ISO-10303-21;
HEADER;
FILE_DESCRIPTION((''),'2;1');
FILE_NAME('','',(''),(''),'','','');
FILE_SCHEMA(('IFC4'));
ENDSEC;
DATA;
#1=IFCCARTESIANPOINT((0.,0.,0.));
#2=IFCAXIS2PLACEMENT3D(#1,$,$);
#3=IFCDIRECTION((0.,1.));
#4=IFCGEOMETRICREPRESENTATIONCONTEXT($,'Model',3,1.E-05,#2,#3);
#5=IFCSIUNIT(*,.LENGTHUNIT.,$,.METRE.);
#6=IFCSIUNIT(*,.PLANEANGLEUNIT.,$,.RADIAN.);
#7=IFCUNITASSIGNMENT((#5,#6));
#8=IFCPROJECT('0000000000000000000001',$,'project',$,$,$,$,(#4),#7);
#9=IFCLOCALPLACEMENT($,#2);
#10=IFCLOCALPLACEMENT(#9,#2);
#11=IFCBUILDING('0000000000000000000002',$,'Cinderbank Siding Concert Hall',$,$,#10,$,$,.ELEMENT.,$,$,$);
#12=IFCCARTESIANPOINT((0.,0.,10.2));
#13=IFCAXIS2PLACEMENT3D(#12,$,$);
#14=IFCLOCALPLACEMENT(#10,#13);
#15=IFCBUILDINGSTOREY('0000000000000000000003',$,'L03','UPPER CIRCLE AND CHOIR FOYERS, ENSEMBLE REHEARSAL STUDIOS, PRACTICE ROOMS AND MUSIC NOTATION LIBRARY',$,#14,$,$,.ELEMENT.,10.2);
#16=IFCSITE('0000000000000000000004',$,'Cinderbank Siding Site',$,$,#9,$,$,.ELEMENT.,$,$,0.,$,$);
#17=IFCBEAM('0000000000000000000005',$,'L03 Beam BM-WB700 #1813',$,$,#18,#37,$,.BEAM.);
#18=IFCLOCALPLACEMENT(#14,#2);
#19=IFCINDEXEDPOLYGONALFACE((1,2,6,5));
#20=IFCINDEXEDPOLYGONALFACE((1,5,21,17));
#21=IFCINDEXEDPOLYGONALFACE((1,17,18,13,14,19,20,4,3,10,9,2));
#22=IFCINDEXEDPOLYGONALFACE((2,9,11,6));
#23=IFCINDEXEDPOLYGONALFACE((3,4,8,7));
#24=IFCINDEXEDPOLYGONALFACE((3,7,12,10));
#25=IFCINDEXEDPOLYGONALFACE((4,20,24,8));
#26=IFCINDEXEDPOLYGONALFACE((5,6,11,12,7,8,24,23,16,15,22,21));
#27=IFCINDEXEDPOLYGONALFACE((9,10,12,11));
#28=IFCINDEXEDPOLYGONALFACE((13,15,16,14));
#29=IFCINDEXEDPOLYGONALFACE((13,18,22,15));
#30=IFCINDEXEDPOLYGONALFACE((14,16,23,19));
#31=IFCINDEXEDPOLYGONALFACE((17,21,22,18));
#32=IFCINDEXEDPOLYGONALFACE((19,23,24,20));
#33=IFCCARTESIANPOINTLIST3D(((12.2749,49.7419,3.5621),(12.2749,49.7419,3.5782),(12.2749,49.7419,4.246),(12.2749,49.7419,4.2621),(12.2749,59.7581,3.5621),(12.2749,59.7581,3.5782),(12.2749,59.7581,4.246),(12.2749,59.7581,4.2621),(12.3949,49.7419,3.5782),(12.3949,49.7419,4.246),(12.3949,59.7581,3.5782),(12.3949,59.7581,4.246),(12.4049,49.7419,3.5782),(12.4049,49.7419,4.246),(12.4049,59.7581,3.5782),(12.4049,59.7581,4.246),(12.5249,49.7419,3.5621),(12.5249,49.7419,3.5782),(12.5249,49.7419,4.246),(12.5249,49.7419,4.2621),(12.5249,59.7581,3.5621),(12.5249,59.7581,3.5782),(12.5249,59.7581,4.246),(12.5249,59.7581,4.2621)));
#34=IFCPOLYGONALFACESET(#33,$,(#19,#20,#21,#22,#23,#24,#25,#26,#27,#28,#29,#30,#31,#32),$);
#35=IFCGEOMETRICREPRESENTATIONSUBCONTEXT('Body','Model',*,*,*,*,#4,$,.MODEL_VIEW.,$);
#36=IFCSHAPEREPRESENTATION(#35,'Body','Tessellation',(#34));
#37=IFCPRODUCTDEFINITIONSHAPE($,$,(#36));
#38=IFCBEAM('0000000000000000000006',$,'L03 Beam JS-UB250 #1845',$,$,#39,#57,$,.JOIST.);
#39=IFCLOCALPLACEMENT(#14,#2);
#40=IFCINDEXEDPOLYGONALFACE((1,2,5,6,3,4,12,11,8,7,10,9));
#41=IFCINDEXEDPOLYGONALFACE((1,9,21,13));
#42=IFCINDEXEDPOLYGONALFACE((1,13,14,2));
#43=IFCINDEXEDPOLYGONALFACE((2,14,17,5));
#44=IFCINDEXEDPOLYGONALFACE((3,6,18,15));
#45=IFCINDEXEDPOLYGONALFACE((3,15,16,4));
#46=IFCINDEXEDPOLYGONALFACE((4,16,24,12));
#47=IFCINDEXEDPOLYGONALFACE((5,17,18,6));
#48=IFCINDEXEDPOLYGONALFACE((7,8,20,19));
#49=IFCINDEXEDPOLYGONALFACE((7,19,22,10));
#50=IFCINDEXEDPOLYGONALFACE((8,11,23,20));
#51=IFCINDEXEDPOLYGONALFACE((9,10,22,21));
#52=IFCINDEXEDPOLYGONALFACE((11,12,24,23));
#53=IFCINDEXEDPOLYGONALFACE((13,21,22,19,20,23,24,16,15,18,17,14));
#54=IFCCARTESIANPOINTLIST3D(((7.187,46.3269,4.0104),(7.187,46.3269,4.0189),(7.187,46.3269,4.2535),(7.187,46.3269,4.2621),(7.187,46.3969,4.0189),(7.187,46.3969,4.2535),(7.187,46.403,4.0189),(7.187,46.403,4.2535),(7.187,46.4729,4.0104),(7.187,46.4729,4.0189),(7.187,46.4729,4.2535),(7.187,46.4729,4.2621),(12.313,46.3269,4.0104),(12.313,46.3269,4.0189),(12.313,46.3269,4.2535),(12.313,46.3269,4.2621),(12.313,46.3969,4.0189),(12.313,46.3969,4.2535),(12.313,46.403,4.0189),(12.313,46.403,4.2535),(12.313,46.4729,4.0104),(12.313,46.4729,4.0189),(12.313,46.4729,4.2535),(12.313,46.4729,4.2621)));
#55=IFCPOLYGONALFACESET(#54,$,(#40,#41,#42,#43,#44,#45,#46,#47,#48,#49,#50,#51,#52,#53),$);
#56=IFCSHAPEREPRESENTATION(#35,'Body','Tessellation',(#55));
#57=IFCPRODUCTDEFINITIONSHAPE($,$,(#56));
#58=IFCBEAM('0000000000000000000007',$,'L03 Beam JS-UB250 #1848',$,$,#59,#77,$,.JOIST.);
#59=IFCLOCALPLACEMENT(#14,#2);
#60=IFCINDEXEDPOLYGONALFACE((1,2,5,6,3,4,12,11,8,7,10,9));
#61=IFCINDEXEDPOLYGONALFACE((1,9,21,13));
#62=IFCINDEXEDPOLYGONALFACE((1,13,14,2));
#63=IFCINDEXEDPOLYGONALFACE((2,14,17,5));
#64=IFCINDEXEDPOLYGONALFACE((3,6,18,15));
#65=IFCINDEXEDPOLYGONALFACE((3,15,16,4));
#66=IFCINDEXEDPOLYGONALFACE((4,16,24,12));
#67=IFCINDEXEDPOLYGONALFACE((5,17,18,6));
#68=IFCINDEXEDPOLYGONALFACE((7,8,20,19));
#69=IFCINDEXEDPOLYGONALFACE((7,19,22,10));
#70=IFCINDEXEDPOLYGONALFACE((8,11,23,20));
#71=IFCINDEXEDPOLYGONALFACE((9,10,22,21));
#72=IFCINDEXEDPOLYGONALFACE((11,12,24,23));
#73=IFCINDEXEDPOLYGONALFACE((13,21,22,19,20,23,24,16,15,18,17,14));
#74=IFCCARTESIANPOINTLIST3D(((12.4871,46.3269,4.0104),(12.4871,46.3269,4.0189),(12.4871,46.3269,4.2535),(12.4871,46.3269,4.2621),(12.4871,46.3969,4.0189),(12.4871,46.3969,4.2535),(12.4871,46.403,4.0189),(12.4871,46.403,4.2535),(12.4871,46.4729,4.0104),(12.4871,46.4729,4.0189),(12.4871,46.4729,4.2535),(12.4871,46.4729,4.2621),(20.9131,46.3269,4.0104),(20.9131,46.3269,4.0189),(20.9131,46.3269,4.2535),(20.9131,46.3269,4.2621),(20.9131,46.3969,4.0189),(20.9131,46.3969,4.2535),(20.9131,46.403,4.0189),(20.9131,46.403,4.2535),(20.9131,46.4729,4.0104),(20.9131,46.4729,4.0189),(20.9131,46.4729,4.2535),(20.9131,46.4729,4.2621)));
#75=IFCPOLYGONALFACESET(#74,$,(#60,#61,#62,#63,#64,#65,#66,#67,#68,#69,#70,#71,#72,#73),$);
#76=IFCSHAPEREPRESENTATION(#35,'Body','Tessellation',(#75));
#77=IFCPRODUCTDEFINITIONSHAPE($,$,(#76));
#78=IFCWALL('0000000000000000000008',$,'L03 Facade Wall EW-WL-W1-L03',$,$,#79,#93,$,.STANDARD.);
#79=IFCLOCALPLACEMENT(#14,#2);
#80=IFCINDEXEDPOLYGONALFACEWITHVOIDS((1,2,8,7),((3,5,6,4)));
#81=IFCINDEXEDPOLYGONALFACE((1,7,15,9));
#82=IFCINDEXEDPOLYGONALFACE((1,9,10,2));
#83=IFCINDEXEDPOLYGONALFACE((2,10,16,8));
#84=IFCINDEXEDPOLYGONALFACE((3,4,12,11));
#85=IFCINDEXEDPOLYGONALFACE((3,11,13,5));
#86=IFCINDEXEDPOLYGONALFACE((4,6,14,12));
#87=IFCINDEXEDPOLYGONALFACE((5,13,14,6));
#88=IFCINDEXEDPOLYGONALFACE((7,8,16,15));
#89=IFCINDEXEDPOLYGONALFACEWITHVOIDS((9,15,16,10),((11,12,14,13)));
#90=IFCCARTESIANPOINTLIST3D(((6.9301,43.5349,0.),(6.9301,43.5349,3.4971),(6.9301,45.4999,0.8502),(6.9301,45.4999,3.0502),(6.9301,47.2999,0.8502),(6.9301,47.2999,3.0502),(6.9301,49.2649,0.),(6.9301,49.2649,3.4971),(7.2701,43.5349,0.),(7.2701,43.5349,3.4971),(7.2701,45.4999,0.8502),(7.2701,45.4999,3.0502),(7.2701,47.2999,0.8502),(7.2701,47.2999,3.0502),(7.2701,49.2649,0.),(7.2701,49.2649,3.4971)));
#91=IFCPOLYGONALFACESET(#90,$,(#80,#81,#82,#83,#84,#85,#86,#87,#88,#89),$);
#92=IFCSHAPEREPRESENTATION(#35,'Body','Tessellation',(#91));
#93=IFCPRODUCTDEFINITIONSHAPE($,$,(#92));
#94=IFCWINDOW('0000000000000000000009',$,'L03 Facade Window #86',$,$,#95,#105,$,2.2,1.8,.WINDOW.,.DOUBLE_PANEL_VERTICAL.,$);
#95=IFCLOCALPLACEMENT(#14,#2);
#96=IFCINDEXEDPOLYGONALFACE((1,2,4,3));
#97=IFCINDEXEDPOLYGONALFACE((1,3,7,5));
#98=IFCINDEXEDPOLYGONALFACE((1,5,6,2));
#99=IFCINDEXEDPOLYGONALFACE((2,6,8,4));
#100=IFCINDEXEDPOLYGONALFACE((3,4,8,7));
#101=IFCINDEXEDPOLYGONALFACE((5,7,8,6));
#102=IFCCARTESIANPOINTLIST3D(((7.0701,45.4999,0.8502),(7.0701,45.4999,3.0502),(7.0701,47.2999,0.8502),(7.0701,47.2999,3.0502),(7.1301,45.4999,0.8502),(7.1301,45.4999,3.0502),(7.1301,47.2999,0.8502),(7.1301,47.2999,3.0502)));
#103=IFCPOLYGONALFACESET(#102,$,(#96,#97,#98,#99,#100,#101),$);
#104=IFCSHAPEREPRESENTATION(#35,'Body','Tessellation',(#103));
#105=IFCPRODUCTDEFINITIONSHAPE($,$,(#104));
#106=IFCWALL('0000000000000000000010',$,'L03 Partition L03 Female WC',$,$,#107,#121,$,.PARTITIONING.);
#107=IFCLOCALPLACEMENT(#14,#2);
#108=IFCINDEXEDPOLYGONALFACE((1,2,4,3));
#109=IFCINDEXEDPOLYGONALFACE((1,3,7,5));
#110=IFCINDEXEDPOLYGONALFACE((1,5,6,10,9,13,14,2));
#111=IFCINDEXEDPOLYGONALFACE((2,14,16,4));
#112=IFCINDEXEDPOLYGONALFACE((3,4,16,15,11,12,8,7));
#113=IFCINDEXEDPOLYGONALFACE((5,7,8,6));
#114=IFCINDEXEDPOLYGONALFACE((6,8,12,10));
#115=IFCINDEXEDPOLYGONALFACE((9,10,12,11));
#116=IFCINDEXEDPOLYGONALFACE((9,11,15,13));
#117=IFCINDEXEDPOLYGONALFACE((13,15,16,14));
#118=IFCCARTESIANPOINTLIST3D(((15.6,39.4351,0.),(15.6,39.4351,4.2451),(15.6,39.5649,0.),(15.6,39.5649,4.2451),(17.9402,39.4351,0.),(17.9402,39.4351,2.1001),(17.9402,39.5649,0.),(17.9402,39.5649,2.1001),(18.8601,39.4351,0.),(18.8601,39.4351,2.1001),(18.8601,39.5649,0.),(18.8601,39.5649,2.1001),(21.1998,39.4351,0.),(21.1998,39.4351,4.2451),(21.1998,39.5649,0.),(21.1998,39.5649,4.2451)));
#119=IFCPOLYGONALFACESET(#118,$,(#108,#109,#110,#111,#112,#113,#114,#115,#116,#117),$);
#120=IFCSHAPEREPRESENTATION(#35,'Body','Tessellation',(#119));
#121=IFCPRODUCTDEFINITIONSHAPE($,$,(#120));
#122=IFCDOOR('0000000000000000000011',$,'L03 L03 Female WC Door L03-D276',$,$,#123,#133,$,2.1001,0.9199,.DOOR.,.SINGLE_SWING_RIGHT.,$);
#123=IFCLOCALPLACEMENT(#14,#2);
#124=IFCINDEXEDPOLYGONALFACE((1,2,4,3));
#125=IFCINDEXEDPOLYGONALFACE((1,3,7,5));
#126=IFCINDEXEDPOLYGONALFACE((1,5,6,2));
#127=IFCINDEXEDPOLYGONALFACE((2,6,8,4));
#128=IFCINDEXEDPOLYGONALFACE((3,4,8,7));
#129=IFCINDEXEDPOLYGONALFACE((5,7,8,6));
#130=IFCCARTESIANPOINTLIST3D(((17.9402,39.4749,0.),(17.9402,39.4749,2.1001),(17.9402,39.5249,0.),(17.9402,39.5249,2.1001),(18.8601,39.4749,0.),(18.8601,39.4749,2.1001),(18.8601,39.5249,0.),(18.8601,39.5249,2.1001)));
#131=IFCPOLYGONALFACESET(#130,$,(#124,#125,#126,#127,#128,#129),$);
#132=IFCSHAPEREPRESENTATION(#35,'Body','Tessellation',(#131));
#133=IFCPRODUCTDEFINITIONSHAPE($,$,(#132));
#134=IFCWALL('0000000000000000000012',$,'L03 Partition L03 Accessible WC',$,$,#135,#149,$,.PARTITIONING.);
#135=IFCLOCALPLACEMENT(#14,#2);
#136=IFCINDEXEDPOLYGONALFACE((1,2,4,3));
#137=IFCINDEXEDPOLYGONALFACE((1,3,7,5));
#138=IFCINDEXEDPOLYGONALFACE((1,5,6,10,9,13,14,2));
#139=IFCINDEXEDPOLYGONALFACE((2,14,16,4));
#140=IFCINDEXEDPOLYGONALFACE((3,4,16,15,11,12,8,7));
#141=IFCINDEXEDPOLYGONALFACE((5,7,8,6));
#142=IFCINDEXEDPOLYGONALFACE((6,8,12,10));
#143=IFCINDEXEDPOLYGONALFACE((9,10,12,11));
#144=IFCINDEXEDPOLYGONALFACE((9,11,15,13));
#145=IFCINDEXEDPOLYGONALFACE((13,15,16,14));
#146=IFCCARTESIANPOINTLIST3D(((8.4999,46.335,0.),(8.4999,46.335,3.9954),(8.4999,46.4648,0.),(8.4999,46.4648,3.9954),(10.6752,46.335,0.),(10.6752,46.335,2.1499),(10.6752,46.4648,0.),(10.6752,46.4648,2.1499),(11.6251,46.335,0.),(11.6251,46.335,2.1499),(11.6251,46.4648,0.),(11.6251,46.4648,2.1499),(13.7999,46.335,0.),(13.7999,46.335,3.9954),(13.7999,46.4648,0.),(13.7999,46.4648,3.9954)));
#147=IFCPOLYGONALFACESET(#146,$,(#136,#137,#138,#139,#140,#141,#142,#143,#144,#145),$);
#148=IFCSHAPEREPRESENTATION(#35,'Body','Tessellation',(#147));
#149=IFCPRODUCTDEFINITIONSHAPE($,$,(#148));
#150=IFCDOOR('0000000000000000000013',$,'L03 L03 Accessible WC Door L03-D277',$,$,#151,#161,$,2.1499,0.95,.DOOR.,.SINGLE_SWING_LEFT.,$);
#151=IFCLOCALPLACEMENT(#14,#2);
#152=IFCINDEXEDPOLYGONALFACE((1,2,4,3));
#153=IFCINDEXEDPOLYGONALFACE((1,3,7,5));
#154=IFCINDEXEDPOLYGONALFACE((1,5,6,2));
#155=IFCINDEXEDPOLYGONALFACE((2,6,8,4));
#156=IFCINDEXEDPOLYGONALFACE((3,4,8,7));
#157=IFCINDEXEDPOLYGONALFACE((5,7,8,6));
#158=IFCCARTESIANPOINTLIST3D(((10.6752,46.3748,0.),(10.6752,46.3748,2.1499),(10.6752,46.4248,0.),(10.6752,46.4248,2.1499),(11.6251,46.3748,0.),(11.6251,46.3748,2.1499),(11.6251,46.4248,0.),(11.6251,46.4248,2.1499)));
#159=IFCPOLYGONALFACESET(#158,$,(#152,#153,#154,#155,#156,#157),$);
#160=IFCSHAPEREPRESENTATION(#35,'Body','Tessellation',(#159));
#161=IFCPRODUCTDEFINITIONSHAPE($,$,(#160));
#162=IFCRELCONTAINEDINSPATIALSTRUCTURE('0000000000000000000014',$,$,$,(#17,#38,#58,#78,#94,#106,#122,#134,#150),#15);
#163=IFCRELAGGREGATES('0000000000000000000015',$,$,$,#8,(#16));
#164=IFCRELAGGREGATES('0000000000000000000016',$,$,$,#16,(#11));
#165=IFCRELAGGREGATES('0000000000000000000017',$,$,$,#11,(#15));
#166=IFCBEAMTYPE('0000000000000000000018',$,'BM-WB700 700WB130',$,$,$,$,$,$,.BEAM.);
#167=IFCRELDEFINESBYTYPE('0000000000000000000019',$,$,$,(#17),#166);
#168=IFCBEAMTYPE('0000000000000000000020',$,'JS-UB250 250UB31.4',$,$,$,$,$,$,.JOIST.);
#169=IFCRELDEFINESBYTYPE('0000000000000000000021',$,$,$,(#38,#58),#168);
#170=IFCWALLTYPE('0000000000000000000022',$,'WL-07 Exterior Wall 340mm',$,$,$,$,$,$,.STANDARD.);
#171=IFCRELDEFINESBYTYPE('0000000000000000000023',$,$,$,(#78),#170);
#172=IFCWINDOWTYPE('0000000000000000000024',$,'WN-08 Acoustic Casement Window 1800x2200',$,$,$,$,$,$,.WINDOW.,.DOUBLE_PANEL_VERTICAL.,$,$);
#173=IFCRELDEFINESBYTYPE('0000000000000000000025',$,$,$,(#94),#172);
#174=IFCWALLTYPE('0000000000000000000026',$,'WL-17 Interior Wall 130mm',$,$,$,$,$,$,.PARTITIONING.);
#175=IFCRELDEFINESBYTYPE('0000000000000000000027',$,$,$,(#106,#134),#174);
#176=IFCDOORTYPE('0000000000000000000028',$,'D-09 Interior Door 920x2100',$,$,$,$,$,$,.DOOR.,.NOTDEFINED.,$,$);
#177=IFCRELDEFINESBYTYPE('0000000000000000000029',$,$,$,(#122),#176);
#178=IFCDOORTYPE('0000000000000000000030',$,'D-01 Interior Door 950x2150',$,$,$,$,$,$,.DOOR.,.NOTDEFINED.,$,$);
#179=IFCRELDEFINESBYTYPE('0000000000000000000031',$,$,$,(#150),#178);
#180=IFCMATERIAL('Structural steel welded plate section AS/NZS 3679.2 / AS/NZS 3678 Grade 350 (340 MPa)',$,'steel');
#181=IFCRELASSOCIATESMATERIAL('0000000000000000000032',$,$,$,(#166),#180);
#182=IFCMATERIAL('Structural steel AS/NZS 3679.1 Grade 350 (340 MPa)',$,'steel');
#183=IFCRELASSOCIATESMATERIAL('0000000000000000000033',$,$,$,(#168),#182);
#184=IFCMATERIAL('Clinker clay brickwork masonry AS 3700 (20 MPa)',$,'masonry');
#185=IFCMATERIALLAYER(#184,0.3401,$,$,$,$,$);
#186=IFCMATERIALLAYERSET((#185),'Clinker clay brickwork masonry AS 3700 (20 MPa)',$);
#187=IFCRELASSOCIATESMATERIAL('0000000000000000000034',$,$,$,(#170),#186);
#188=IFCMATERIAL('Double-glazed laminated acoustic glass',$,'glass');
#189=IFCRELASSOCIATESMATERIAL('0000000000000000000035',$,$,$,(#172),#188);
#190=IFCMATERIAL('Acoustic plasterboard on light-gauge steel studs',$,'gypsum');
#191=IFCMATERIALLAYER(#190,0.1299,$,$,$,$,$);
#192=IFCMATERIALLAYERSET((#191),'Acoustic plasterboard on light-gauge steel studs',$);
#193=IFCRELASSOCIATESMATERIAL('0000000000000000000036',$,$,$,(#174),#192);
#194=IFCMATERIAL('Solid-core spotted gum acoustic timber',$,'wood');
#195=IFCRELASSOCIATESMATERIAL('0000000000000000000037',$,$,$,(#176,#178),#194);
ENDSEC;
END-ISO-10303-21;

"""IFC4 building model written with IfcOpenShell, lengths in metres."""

from ifc_helpers import new_model, si_unit, direction, frame, frame_2d, origin, origin_2d, place, context, subcontext, project, spatial, rectangle, i_section, extrude, material, layer, layer_set, material_profile, profile_set, type_object, element, fill, save


model = new_model("IFC4")

# Units and contexts
model_context = context("Model", 3, precision=1e-05, world=origin(), true_north=direction((0.0, 1.0)))
body_context = subcontext(model_context, "Body", "Model", "MODEL_VIEW")
ifc_project = project(units=[si_unit("LENGTHUNIT", "METRE"), si_unit("PLANEANGLEUNIT", "RADIAN")], contexts=[model_context])

# Site, building, storey
site_placement = place(None, origin())
site = spatial("IfcSite", under=ifc_project, at=site_placement, Name="Cinderbank Siding Site", CompositionType="ELEMENT", RefElevation=0.0)
building_placement = place(site_placement, origin())
building = spatial("IfcBuilding", under=site, at=building_placement, Name="Cinderbank Siding Concert Hall", CompositionType="ELEMENT")
storey_placement = place(building_placement, frame((0.0, 0.0, 10.2)))
storey = spatial("IfcBuildingStorey", under=building, at=storey_placement, Name="L03", Description="UPPER CIRCLE AND CHOIR FOYERS, ENSEMBLE REHEARSAL STUDIOS, PRACTICE ROOMS AND MUSIC NOTATION LIBRARY", CompositionType="ELEMENT", Elevation=10.2)

# Beams
ifc_material_1 = material(Name="Structural steel AS/NZS 3679.1 Grade 350 (340 MPa)", Category="steel")
ifc_material_2 = material(Name="Structural steel welded plate section AS/NZS 3679.2 / AS/NZS 3678 Grade 350 (340 MPa)", Category="steel")
ifc_material_profile_1 = material_profile(ifc_material_2, i_section(OverallWidth=0.25, OverallDepth=0.7, WebThickness=0.01, FlangeThickness=0.0161, at=origin_2d()), Name="700WB130", Category="LoadBearing")
ifc_profile_set_1 = profile_set([ifc_material_profile_1], Name="Structural steel welded plate section AS/NZS 3679.2 / AS/NZS 3678 Grade 350 (340 MPa)")
beam_type_1 = type_object("IfcBeamType", Name="BM-WB700 700WB130", PredefinedType="BEAM", material=ifc_profile_set_1)
for number, where, z_axis, x_axis, name in (
    (1, (12.3999, 49.7419, 3.9121), (0.0, 1.0, 0.0), (-1.0, 0.0, 0.0), "L03 Beam BM-WB700 #1813"),
):
    element("IfcBeam", number, at=place(storey_placement, frame(where, z_axis=z_axis, x_axis=x_axis)), inside=storey, type_object=beam_type_1, Name=name, PredefinedType="BEAM", context=body_context, shape_type="SweptSolid", body=[
        extrude(i_section(OverallWidth=0.25, OverallDepth=0.7, WebThickness=0.01, FlangeThickness=0.0161, at=origin_2d()), origin(), (0.0, 0.0, 1.0), 10.0161),
    ])
ifc_material_profile_2 = material_profile(ifc_material_1, i_section(OverallWidth=0.146, OverallDepth=0.2517, WebThickness=0.0061, FlangeThickness=0.0085, at=origin_2d()), Name="250UB31.4", Category="LoadBearing")
ifc_profile_set_2 = profile_set([ifc_material_profile_2], Name="Structural steel AS/NZS 3679.1 Grade 350 (340 MPa)")
beam_type_2 = type_object("IfcBeamType", Name="JS-UB250 250UB31.4", PredefinedType="JOIST", material=ifc_profile_set_2)
beam_1_placement = place(storey_placement, frame((7.187, 46.3999, 4.1362), z_axis=(1.0, 0.0, 0.0), x_axis=(0.0, 1.0, 0.0)))
element("IfcBeam", 2, at=beam_1_placement, inside=storey, type_object=beam_type_2, Name="L03 Beam JS-UB250 #1845", PredefinedType="JOIST", context=body_context, shape_type="SweptSolid", body=[
    extrude(i_section(OverallWidth=0.146, OverallDepth=0.2517, WebThickness=0.0061, FlangeThickness=0.0085, at=origin_2d()), origin(), (0.0, 0.0, 1.0), 5.126),
])
beam_2_placement = place(storey_placement, frame((12.4871, 46.3999, 4.1362), z_axis=(1.0, 0.0, 0.0), x_axis=(0.0, 1.0, 0.0)))
element("IfcBeam", 3, at=beam_2_placement, inside=storey, type_object=beam_type_2, Name="L03 Beam JS-UB250 #1848", PredefinedType="JOIST", context=body_context, shape_type="SweptSolid", body=[
    extrude(i_section(OverallWidth=0.146, OverallDepth=0.2517, WebThickness=0.0061, FlangeThickness=0.0085, at=origin_2d()), origin(), (0.0, 0.0, 1.0), 8.426),
])

# Wall, opening, window
ifc_material_3 = material(Name="Clinker clay brickwork masonry AS 3700 (20 MPa)", Category="masonry")
ifc_layer_1 = layer(ifc_material_3, 0.3401)
ifc_layer_set_1 = layer_set([ifc_layer_1], Name="Clinker clay brickwork masonry AS 3700 (20 MPa)")
wall_type_1 = type_object("IfcWallType", Name="WL-07 Exterior Wall 340mm", PredefinedType="STANDARD", material=ifc_layer_set_1)
wall_1_placement = place(storey_placement, frame((7.1001, 43.5349, 0.0), z_axis=(0.0, 0.0, 1.0), x_axis=(0.0, 1.0, 0.0)))
wall_1 = element("IfcWall", 4, at=wall_1_placement, inside=storey, type_object=wall_type_1, Name="L03 Facade Wall EW-WL-W1-L03", PredefinedType="STANDARD", context=body_context, shape_type="SweptSolid", body=[
    extrude(rectangle(XDim=5.73, YDim=0.3401, at=frame_2d((2.865, 0.0))), origin(), (0.0, 0.0, 1.0), 3.4971),
])
opening_1_placement = place(wall_1_placement, frame((1.9651, 0.0, 0.8501)))
opening_1 = element("IfcOpeningElement", 5, at=opening_1_placement, cuts=wall_1, PredefinedType="OPENING", context=body_context, shape_type="SweptSolid", body=[
    extrude(rectangle(XDim=1.8, YDim=2.2, at=frame_2d((0.8999, 1.1001))), frame((0.0, 0.1821, 0.0), z_axis=(0.0, -1.0, 0.0), x_axis=(1.0, 0.0, 0.0)), (0.0, 0.0, 1.0), 0.364),
])
ifc_material_4 = material(Name="Double-glazed laminated acoustic glass", Category="glass")
window_type = type_object("IfcWindowType", Name="WN-08 Acoustic Casement Window 1800x2200", PartitioningType="DOUBLE_PANEL_VERTICAL", PredefinedType="WINDOW", material=ifc_material_4)
window_placement = place(opening_1_placement, origin())
window = element("IfcWindow", 6, at=window_placement, inside=storey, type_object=window_type, Name="L03 Facade Window #86", OverallHeight=2.2, OverallWidth=1.8, PartitioningType="DOUBLE_PANEL_VERTICAL", PredefinedType="WINDOW", context=body_context, shape_type="SweptSolid", body=[
    extrude(rectangle(XDim=1.8, YDim=2.2, at=frame_2d((0.8999, 1.1001))), frame((0.0, 0.03, 0.0), z_axis=(0.0, -1.0, 0.0), x_axis=(1.0, 0.0, 0.0)), (0.0, 0.0, 1.0), 0.0601),
])
fill(opening_1, window)

# Walls, openings, doors
ifc_material_5 = material(Name="Acoustic plasterboard on light-gauge steel studs", Category="gypsum")
ifc_layer_2 = layer(ifc_material_5, 0.1299)
ifc_layer_set_2 = layer_set([ifc_layer_2], Name="Acoustic plasterboard on light-gauge steel studs")
wall_type_2 = type_object("IfcWallType", Name="WL-17 Interior Wall 130mm", PredefinedType="PARTITIONING", material=ifc_layer_set_2)
wall_2_placement = place(storey_placement, frame((15.6001, 39.5, 0.0), z_axis=(0.0, 0.0, 1.0), x_axis=(1.0, 0.0, 0.0)))
wall_2 = element("IfcWall", 7, at=wall_2_placement, inside=storey, type_object=wall_type_2, Name="L03 Partition L03 Female WC", PredefinedType="PARTITIONING", context=body_context, shape_type="SweptSolid", body=[
    extrude(rectangle(XDim=5.5999, YDim=0.1299, at=frame_2d((2.7998, 0.0))), origin(), (0.0, 0.0, 1.0), 4.2451),
])
opening_2_placement = place(wall_2_placement, frame((2.3401, 0.0, 0.0)))
opening_2 = element("IfcOpeningElement", 8, at=opening_2_placement, cuts=wall_2, PredefinedType="OPENING", context=body_context, shape_type="SweptSolid", body=[
    extrude(rectangle(XDim=0.9199, YDim=2.1001, at=frame_2d((0.46, 1.05))), frame((0.0, 0.0769, 0.0), z_axis=(0.0, -1.0, 0.0), x_axis=(1.0, 0.0, 0.0)), (0.0, 0.0, 1.0), 0.1538),
])
ifc_material_6 = material(Name="Solid-core spotted gum acoustic timber", Category="wood")
door_type_1 = type_object("IfcDoorType", Name="D-09 Interior Door 920x2100", OperationType="NOTDEFINED", PredefinedType="DOOR", material=ifc_material_6)
door_1_placement = place(opening_2_placement, origin())
door_1 = element("IfcDoor", 9, at=door_1_placement, inside=storey, type_object=door_type_1, Name="L03 L03 Female WC Door L03-D276", OperationType="SINGLE_SWING_RIGHT", OverallHeight=2.1001, OverallWidth=0.9199, PredefinedType="DOOR", context=body_context, shape_type="SweptSolid", body=[
    extrude(rectangle(XDim=0.9199, YDim=2.1001, at=frame_2d((0.46, 1.05))), frame((0.0, 0.0249, 0.0), z_axis=(0.0, -1.0, 0.0), x_axis=(1.0, 0.0, 0.0)), (0.0, 0.0, 1.0), 0.05),
])
fill(opening_2, door_1)
wall_3_placement = place(storey_placement, frame((8.5, 46.3999, 0.0), z_axis=(0.0, 0.0, 1.0), x_axis=(1.0, 0.0, 0.0)))
wall_3 = element("IfcWall", 10, at=wall_3_placement, inside=storey, type_object=wall_type_2, Name="L03 Partition L03 Accessible WC", PredefinedType="PARTITIONING", context=body_context, shape_type="SweptSolid", body=[
    extrude(rectangle(XDim=5.3, YDim=0.1299, at=frame_2d((2.6499, 0.0))), origin(), (0.0, 0.0, 1.0), 3.9954),
])
opening_3_placement = place(wall_3_placement, frame((2.175, 0.0, 0.0)))
opening_3 = element("IfcOpeningElement", 11, at=opening_3_placement, cuts=wall_3, PredefinedType="OPENING", context=body_context, shape_type="SweptSolid", body=[
    extrude(rectangle(XDim=0.95, YDim=2.1499, at=frame_2d((0.4751, 1.075))), frame((0.0, 0.0769, 0.0), z_axis=(0.0, -1.0, 0.0), x_axis=(1.0, 0.0, 0.0)), (0.0, 0.0, 1.0), 0.1538),
])
door_type_2 = type_object("IfcDoorType", Name="D-01 Interior Door 950x2150", OperationType="NOTDEFINED", PredefinedType="DOOR", material=ifc_material_6)
door_2_placement = place(opening_3_placement, origin())
door_2 = element("IfcDoor", 12, at=door_2_placement, inside=storey, type_object=door_type_2, Name="L03 L03 Accessible WC Door L03-D277", OperationType="SINGLE_SWING_LEFT", OverallHeight=2.1499, OverallWidth=0.95, PredefinedType="DOOR", context=body_context, shape_type="SweptSolid", body=[
    extrude(rectangle(XDim=0.95, YDim=2.1499, at=frame_2d((0.4751, 1.075))), frame((0.0, 0.0249, 0.0), z_axis=(0.0, -1.0, 0.0), x_axis=(1.0, 0.0, 0.0)), (0.0, 0.0, 1.0), 0.05),
])
fill(opening_3, door_2)

save(model, "model.ifc")
